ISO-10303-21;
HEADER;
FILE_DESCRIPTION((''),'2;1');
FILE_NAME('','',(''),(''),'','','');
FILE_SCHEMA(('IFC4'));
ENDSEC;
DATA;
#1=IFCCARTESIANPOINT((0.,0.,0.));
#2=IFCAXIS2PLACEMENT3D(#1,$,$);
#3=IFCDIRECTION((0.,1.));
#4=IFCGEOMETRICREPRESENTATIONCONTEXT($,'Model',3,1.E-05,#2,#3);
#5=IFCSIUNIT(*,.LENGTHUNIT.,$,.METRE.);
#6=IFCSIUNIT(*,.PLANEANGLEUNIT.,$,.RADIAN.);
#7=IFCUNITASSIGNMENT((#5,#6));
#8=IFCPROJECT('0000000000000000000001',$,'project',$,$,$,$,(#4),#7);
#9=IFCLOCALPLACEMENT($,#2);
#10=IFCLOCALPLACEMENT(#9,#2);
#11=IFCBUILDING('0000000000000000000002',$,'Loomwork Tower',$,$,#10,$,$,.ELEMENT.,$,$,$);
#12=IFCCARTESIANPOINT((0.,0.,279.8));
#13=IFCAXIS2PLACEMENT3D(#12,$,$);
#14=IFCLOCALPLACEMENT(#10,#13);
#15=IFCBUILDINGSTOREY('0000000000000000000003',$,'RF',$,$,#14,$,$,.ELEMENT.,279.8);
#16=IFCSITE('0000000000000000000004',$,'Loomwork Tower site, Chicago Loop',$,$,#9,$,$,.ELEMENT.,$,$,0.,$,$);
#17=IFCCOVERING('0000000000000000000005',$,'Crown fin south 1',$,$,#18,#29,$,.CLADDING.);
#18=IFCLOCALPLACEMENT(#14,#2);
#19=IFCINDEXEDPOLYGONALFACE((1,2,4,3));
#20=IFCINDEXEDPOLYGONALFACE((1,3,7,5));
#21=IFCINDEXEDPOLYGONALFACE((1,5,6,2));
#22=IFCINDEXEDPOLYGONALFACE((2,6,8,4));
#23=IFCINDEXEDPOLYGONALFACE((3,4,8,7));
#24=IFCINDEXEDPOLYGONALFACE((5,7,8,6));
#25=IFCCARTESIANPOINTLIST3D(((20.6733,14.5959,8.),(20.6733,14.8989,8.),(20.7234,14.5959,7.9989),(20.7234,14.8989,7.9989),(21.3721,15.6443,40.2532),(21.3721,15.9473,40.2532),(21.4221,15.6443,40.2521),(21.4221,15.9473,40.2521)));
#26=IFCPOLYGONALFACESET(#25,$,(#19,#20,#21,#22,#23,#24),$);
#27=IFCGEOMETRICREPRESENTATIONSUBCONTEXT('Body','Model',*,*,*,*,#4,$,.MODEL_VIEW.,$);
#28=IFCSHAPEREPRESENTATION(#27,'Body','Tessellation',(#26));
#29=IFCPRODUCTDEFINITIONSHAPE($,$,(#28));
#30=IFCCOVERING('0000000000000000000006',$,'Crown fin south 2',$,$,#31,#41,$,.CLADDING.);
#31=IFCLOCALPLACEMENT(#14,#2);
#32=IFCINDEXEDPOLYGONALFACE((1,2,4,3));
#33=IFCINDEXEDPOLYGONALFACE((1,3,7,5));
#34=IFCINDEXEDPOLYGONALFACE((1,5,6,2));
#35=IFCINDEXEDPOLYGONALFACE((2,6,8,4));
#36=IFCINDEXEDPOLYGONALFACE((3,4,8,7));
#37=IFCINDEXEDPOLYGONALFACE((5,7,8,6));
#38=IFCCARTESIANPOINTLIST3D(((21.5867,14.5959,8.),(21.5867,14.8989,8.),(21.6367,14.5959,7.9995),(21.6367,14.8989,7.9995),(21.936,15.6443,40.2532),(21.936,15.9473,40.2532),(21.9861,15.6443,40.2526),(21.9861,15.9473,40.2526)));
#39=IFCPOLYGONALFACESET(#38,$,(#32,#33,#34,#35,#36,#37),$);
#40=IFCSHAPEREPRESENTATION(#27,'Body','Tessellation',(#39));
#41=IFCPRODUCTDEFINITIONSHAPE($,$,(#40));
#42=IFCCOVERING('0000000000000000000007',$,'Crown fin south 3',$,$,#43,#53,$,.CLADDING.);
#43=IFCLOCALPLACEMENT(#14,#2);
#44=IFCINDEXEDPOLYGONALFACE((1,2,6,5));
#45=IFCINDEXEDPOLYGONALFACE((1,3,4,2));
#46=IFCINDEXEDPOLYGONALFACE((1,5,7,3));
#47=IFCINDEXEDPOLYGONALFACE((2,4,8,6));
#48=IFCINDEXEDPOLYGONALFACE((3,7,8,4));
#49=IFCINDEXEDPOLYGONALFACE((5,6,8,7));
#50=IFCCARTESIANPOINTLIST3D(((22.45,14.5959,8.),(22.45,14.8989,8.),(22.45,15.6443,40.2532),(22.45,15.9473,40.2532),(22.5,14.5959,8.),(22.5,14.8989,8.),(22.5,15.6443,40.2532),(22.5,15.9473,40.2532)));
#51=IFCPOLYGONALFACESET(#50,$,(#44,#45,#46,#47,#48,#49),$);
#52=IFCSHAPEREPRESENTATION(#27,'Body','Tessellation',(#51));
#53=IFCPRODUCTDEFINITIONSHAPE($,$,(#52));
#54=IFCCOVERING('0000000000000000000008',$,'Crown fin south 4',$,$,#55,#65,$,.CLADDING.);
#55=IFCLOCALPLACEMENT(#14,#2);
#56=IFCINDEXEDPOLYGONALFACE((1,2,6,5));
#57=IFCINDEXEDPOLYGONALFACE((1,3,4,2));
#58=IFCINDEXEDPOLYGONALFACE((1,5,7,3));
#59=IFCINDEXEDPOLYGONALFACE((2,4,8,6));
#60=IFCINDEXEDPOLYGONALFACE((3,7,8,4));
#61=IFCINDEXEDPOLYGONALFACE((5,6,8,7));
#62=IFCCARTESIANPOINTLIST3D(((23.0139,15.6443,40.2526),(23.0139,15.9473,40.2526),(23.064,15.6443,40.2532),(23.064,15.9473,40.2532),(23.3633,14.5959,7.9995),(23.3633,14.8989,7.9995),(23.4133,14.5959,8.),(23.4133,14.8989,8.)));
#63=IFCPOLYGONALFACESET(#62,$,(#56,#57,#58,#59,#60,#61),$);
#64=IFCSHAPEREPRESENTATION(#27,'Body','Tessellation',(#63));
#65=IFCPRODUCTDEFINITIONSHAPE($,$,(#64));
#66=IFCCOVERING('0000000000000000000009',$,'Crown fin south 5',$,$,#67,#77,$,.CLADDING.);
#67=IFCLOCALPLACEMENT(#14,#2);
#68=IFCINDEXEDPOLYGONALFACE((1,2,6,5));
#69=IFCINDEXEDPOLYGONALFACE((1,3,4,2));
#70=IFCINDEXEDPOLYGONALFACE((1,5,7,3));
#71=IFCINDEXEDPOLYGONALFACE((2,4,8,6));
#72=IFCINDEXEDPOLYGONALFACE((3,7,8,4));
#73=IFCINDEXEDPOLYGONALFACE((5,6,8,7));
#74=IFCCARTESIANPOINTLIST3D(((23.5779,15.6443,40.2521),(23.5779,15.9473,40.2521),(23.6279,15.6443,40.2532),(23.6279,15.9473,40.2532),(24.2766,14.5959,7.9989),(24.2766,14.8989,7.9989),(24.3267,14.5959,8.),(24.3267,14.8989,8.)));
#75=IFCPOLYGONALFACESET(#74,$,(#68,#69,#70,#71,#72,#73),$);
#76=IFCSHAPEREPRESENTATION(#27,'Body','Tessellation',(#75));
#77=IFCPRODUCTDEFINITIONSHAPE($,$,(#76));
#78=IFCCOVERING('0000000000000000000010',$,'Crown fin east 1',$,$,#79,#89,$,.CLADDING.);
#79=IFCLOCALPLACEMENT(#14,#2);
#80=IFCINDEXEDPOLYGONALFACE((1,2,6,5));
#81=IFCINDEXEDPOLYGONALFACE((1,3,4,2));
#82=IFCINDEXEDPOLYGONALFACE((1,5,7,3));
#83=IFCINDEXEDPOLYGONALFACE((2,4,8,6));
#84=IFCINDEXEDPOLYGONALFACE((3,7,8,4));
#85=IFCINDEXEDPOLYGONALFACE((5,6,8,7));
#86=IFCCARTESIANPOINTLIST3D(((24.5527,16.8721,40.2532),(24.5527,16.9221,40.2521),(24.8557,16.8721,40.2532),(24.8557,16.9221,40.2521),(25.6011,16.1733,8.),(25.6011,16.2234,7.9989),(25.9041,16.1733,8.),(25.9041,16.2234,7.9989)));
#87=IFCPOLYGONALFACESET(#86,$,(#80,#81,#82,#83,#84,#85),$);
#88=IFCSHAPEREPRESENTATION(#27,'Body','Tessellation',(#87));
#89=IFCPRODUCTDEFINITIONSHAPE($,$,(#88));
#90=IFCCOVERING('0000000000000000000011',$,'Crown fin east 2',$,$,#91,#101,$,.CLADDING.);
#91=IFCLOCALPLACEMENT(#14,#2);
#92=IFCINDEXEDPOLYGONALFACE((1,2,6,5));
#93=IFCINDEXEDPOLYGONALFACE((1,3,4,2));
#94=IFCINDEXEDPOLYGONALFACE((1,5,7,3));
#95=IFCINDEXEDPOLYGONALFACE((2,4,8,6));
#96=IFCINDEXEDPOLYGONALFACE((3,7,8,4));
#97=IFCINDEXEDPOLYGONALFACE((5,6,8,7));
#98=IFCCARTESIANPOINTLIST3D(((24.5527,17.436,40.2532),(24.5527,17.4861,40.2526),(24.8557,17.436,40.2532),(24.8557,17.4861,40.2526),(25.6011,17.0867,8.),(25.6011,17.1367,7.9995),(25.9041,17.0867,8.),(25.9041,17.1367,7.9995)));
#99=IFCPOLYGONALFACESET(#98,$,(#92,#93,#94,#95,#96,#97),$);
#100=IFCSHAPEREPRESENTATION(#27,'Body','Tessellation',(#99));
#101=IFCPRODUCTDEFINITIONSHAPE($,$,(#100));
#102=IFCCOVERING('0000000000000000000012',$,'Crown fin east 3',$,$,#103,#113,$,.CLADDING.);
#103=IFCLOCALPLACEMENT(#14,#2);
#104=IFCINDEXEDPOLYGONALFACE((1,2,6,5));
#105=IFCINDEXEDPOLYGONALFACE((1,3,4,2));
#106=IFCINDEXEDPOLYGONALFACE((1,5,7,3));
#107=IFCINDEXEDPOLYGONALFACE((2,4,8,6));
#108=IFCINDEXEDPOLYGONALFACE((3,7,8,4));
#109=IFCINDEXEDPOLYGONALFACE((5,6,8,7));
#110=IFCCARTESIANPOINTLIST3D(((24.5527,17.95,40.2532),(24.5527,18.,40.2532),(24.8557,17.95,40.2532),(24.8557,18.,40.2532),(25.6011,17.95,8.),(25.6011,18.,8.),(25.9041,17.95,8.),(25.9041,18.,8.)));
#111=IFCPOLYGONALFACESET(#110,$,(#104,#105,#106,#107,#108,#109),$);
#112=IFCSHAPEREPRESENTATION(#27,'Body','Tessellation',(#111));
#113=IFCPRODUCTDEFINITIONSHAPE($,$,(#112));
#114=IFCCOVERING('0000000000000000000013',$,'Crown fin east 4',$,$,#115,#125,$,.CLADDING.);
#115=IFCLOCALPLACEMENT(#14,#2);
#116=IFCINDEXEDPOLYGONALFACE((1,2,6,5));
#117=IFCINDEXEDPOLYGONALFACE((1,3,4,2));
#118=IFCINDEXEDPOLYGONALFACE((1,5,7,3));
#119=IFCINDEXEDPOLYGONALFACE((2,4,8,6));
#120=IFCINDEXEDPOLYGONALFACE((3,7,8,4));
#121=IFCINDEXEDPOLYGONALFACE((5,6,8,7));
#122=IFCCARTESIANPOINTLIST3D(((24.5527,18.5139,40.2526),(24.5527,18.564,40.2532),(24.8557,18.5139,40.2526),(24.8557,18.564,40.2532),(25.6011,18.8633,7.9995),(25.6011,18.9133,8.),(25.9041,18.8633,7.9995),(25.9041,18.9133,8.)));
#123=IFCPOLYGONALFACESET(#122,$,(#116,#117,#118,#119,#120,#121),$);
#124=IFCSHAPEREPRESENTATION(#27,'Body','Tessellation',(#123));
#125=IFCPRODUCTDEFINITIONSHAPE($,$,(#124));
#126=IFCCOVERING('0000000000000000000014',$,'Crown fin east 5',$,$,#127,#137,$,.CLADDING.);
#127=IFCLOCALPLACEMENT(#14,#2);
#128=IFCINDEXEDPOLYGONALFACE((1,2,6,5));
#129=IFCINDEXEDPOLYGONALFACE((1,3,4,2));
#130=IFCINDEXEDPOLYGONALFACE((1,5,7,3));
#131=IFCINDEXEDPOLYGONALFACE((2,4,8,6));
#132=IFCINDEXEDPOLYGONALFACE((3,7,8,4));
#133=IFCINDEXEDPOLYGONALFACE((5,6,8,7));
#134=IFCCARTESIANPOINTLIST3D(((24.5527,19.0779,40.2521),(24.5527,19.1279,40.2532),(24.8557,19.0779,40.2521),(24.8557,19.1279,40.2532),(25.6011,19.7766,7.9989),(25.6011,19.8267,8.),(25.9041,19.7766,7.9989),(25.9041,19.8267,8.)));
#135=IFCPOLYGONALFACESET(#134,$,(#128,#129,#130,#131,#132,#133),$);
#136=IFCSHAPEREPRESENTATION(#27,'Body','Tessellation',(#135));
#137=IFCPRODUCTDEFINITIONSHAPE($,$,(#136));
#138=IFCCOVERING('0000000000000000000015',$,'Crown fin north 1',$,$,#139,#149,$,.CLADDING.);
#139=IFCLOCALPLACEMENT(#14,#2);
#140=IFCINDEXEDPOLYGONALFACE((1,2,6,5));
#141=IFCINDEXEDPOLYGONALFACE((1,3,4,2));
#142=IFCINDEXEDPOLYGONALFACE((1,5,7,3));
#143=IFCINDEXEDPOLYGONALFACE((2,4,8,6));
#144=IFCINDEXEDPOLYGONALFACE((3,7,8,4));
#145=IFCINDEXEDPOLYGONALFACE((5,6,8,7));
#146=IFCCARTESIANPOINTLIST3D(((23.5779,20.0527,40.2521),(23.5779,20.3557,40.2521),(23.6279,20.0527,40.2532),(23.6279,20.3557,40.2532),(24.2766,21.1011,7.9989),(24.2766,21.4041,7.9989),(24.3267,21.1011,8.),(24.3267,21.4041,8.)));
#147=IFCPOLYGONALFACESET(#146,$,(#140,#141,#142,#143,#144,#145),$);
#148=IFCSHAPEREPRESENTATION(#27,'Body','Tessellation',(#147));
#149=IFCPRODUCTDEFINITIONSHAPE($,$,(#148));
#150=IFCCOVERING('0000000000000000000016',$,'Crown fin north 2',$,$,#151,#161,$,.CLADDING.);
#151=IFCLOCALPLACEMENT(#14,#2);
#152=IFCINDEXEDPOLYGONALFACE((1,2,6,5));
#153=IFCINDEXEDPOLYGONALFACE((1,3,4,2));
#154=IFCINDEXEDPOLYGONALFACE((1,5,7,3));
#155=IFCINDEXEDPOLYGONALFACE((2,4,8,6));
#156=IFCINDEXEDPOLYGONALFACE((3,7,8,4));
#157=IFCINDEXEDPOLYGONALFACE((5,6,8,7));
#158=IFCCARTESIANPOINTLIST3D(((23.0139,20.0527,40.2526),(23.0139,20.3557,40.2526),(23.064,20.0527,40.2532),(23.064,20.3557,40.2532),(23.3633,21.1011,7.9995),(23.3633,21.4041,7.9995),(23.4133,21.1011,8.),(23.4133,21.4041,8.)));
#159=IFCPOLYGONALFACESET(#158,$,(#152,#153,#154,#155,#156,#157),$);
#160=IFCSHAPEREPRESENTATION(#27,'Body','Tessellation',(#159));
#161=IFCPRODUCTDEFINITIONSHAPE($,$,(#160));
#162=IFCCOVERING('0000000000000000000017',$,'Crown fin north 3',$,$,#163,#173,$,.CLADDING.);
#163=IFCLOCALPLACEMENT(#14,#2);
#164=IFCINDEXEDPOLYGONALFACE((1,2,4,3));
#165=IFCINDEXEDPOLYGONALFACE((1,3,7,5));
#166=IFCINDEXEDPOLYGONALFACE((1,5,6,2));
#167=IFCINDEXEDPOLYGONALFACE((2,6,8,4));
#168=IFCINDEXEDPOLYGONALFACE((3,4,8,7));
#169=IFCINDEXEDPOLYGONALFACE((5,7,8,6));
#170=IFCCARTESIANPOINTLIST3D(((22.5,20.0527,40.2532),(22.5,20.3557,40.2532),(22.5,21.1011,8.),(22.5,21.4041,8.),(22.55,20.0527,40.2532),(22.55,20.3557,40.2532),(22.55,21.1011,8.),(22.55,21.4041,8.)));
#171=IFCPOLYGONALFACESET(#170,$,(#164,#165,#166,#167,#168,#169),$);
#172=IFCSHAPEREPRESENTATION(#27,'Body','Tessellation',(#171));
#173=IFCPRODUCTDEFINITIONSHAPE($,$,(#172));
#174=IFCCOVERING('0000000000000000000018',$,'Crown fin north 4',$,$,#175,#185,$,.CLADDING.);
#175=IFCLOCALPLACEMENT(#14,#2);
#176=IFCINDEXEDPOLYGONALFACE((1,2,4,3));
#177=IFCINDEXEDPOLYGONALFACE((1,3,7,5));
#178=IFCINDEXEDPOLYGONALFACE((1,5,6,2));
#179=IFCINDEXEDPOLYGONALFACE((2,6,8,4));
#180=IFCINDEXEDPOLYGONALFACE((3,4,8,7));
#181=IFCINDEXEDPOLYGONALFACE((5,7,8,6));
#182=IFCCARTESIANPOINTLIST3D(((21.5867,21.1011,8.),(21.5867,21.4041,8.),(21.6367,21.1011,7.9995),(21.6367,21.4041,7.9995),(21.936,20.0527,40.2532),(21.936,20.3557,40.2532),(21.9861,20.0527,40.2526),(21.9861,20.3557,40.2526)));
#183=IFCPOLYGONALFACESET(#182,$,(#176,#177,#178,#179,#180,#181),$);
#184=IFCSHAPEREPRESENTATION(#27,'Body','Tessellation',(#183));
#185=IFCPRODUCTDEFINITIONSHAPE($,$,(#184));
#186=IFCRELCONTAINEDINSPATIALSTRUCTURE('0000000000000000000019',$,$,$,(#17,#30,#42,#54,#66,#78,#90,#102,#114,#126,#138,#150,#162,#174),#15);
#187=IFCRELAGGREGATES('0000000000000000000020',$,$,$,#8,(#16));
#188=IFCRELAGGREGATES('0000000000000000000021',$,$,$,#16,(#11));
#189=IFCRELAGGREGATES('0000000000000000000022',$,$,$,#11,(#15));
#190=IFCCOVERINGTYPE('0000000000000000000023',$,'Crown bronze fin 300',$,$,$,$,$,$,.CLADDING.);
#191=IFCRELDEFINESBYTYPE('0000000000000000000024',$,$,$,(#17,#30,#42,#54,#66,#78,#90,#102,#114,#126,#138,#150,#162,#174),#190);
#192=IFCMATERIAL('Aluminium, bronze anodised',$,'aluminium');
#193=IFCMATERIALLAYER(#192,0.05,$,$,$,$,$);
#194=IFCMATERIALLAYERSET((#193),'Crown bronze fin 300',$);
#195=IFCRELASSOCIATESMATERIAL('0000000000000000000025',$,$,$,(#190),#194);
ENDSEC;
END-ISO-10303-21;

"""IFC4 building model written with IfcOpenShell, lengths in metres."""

from ifc_helpers import new_model, si_unit, direction, frame, origin, place, context, subcontext, project, spatial, polyline, outline, extrude, material, layer, layer_set, type_object, element, save


model = new_model("IFC4")

# Units and contexts
model_context = context("Model", 3, precision=1e-05, world=origin(), true_north=direction((0.0, 1.0)))
body_context = subcontext(model_context, "Body", "Model", "MODEL_VIEW")
ifc_project = project(units=[si_unit("LENGTHUNIT", "METRE"), si_unit("PLANEANGLEUNIT", "RADIAN")], contexts=[model_context])

# Site, building, storey
site_placement = place(None, origin())
site = spatial("IfcSite", under=ifc_project, at=site_placement, Name="Loomwork Tower site, Chicago Loop", CompositionType="ELEMENT", RefElevation=0.0)
building_placement = place(site_placement, origin())
building = spatial("IfcBuilding", under=site, at=building_placement, Name="Loomwork Tower", CompositionType="ELEMENT")
storey_placement = place(building_placement, frame((0.0, 0.0, 279.8)))
storey = spatial("IfcBuildingStorey", under=building, at=storey_placement, Name="RF", CompositionType="ELEMENT", Elevation=279.8)

# Coverings
ifc_material_1 = material(Name="Aluminium, bronze anodised", Category="aluminium")
ifc_layer_1 = layer(ifc_material_1, 0.05)
ifc_layer_set_1 = layer_set([ifc_layer_1], Name="Crown bronze fin 300")
covering_type_1 = type_object("IfcCoveringType", Name="Crown bronze fin 300", PredefinedType="CLADDING", material=ifc_layer_set_1)
covering_1_placement = place(storey_placement, frame((20.6733, 14.8989, 8.0), z_axis=(-0.999765, 0.0, 0.021659), x_axis=(0.021647, 0.032479, 0.999238)))
element("IfcCovering", 1, at=covering_1_placement, inside=storey, type_object=covering_type_1, Name="Crown fin south 1", PredefinedType="CLADDING", context=body_context, shape_type="SweptSolid", body=[
    extrude(outline(polyline([(0.0, 0.0), (32.2778, 0.0), (32.2679, -0.3028), (-0.0098, -0.3028), (0.0, 0.0)])), origin(), (0.0, 0.0, -1.0), 0.05),
])
covering_2_placement = place(storey_placement, frame((21.5867, 14.8989, 8.0), z_axis=(-0.999941, 0.0, 0.010831), x_axis=(0.010826, 0.032484, 0.999414)))
element("IfcCovering", 2, at=covering_2_placement, inside=storey, type_object=covering_type_1, Name="Crown fin south 2", PredefinedType="CLADDING", context=body_context, shape_type="SweptSolid", body=[
    extrude(outline(polyline([(0.0, 0.0), (32.2721, 0.0), (32.2623, -0.3028), (-0.0098, -0.3028), (0.0, 0.0)])), origin(), (0.0, 0.0, -1.0), 0.05),
])
covering_3_placement = place(storey_placement, frame((22.5, 14.8989, 8.0), z_axis=(1.0, 0.0, 0.0), x_axis=(0.0, 0.032486, 0.999472)))
element("IfcCovering", 3, at=covering_3_placement, inside=storey, type_object=covering_type_1, Name="Crown fin south 3", PredefinedType="CLADDING", context=body_context, shape_type="SweptSolid", body=[
    extrude(outline(polyline([(0.0, 0.0), (32.2702, 0.0), (32.2604, 0.3028), (-0.0098, 0.3028), (0.0, 0.0)])), origin(), (0.0, 0.0, -1.0), 0.05),
])
covering_4_placement = place(storey_placement, frame((23.4133, 14.8989, 8.0), z_axis=(0.999941, 0.0, 0.010831), x_axis=(-0.010826, 0.032484, 0.999414)))
element("IfcCovering", 4, at=covering_4_placement, inside=storey, type_object=covering_type_1, Name="Crown fin south 4", PredefinedType="CLADDING", context=body_context, shape_type="SweptSolid", body=[
    extrude(outline(polyline([(0.0, 0.0), (32.2721, 0.0), (32.2623, 0.3028), (-0.0098, 0.3028), (0.0, 0.0)])), origin(), (0.0, 0.0, -1.0), 0.05),
])
covering_5_placement = place(storey_placement, frame((24.3267, 14.8989, 8.0), z_axis=(0.999765, 0.0, 0.021659), x_axis=(-0.021647, 0.032479, 0.999238)))
element("IfcCovering", 5, at=covering_5_placement, inside=storey, type_object=covering_type_1, Name="Crown fin south 5", PredefinedType="CLADDING", context=body_context, shape_type="SweptSolid", body=[
    extrude(outline(polyline([(0.0, 0.0), (32.2778, 0.0), (32.2679, 0.3028), (-0.0098, 0.3028), (0.0, 0.0)])), origin(), (0.0, 0.0, -1.0), 0.05),
])
covering_6_placement = place(storey_placement, frame((25.6011, 16.1733, 8.0), z_axis=(0.0, -0.999765, 0.021659), x_axis=(-0.032479, 0.021647, 0.999238)))
element("IfcCovering", 6, at=covering_6_placement, inside=storey, type_object=covering_type_1, Name="Crown fin east 1", PredefinedType="CLADDING", context=body_context, shape_type="SweptSolid", body=[
    extrude(outline(polyline([(0.0, 0.0), (32.2778, 0.0), (32.2679, -0.3028), (-0.0098, -0.3028), (0.0, 0.0)])), origin(), (0.0, 0.0, -1.0), 0.05),
])
covering_7_placement = place(storey_placement, frame((25.6011, 17.0867, 8.0), z_axis=(0.0, -0.999941, 0.010831), x_axis=(-0.032484, 0.010826, 0.999414)))
element("IfcCovering", 7, at=covering_7_placement, inside=storey, type_object=covering_type_1, Name="Crown fin east 2", PredefinedType="CLADDING", context=body_context, shape_type="SweptSolid", body=[
    extrude(outline(polyline([(0.0, 0.0), (32.2721, 0.0), (32.2623, -0.3028), (-0.0098, -0.3028), (0.0, 0.0)])), origin(), (0.0, 0.0, -1.0), 0.05),
])
covering_8_placement = place(storey_placement, frame((25.6011, 18.0, 8.0), z_axis=(0.0, 1.0, 0.0), x_axis=(-0.032486, 0.0, 0.999472)))
element("IfcCovering", 8, at=covering_8_placement, inside=storey, type_object=covering_type_1, Name="Crown fin east 3", PredefinedType="CLADDING", context=body_context, shape_type="SweptSolid", body=[
    extrude(outline(polyline([(0.0, 0.0), (32.2702, 0.0), (32.2604, 0.3028), (-0.0098, 0.3028), (0.0, 0.0)])), origin(), (0.0, 0.0, -1.0), 0.05),
])
covering_9_placement = place(storey_placement, frame((25.6011, 18.9133, 8.0), z_axis=(0.0, 0.999941, 0.010831), x_axis=(-0.032484, -0.010826, 0.999414)))
element("IfcCovering", 9, at=covering_9_placement, inside=storey, type_object=covering_type_1, Name="Crown fin east 4", PredefinedType="CLADDING", context=body_context, shape_type="SweptSolid", body=[
    extrude(outline(polyline([(0.0, 0.0), (32.2721, 0.0), (32.2623, 0.3028), (-0.0098, 0.3028), (0.0, 0.0)])), origin(), (0.0, 0.0, -1.0), 0.05),
])
covering_10_placement = place(storey_placement, frame((25.6011, 19.8267, 8.0), z_axis=(0.0, 0.999765, 0.021659), x_axis=(-0.032479, -0.021647, 0.999238)))
element("IfcCovering", 10, at=covering_10_placement, inside=storey, type_object=covering_type_1, Name="Crown fin east 5", PredefinedType="CLADDING", context=body_context, shape_type="SweptSolid", body=[
    extrude(outline(polyline([(0.0, 0.0), (32.2778, 0.0), (32.2679, 0.3028), (-0.0098, 0.3028), (0.0, 0.0)])), origin(), (0.0, 0.0, -1.0), 0.05),
])
covering_11_placement = place(storey_placement, frame((24.3267, 21.1011, 8.0), z_axis=(0.999765, 0.0, 0.021659), x_axis=(-0.021647, -0.032479, 0.999238)))
element("IfcCovering", 11, at=covering_11_placement, inside=storey, type_object=covering_type_1, Name="Crown fin north 1", PredefinedType="CLADDING", context=body_context, shape_type="SweptSolid", body=[
    extrude(outline(polyline([(0.0, 0.0), (32.2778, 0.0), (32.2679, -0.3028), (-0.0098, -0.3028), (0.0, 0.0)])), origin(), (0.0, 0.0, -1.0), 0.05),
])
covering_12_placement = place(storey_placement, frame((23.4133, 21.1011, 8.0), z_axis=(0.999941, 0.0, 0.010831), x_axis=(-0.010826, -0.032484, 0.999414)))
element("IfcCovering", 12, at=covering_12_placement, inside=storey, type_object=covering_type_1, Name="Crown fin north 2", PredefinedType="CLADDING", context=body_context, shape_type="SweptSolid", body=[
    extrude(outline(polyline([(0.0, 0.0), (32.2721, 0.0), (32.2623, -0.3028), (-0.0098, -0.3028), (0.0, 0.0)])), origin(), (0.0, 0.0, -1.0), 0.05),
])
covering_13_placement = place(storey_placement, frame((22.5, 21.1011, 8.0), z_axis=(-1.0, 0.0, 0.0), x_axis=(0.0, -0.032486, 0.999472)))
element("IfcCovering", 13, at=covering_13_placement, inside=storey, type_object=covering_type_1, Name="Crown fin north 3", PredefinedType="CLADDING", context=body_context, shape_type="SweptSolid", body=[
    extrude(outline(polyline([(0.0, 0.0), (32.2702, 0.0), (32.2604, 0.3028), (-0.0098, 0.3028), (0.0, 0.0)])), origin(), (0.0, 0.0, -1.0), 0.05),
])
covering_14_placement = place(storey_placement, frame((21.5867, 21.1011, 8.0), z_axis=(-0.999941, 0.0, 0.010831), x_axis=(0.010826, -0.032484, 0.999414)))
element("IfcCovering", 14, at=covering_14_placement, inside=storey, type_object=covering_type_1, Name="Crown fin north 4", PredefinedType="CLADDING", context=body_context, shape_type="SweptSolid", body=[
    extrude(outline(polyline([(0.0, 0.0), (32.2721, 0.0), (32.2623, 0.3028), (-0.0098, 0.3028), (0.0, 0.0)])), origin(), (0.0, 0.0, -1.0), 0.05),
])

save(model, "model.ifc")
